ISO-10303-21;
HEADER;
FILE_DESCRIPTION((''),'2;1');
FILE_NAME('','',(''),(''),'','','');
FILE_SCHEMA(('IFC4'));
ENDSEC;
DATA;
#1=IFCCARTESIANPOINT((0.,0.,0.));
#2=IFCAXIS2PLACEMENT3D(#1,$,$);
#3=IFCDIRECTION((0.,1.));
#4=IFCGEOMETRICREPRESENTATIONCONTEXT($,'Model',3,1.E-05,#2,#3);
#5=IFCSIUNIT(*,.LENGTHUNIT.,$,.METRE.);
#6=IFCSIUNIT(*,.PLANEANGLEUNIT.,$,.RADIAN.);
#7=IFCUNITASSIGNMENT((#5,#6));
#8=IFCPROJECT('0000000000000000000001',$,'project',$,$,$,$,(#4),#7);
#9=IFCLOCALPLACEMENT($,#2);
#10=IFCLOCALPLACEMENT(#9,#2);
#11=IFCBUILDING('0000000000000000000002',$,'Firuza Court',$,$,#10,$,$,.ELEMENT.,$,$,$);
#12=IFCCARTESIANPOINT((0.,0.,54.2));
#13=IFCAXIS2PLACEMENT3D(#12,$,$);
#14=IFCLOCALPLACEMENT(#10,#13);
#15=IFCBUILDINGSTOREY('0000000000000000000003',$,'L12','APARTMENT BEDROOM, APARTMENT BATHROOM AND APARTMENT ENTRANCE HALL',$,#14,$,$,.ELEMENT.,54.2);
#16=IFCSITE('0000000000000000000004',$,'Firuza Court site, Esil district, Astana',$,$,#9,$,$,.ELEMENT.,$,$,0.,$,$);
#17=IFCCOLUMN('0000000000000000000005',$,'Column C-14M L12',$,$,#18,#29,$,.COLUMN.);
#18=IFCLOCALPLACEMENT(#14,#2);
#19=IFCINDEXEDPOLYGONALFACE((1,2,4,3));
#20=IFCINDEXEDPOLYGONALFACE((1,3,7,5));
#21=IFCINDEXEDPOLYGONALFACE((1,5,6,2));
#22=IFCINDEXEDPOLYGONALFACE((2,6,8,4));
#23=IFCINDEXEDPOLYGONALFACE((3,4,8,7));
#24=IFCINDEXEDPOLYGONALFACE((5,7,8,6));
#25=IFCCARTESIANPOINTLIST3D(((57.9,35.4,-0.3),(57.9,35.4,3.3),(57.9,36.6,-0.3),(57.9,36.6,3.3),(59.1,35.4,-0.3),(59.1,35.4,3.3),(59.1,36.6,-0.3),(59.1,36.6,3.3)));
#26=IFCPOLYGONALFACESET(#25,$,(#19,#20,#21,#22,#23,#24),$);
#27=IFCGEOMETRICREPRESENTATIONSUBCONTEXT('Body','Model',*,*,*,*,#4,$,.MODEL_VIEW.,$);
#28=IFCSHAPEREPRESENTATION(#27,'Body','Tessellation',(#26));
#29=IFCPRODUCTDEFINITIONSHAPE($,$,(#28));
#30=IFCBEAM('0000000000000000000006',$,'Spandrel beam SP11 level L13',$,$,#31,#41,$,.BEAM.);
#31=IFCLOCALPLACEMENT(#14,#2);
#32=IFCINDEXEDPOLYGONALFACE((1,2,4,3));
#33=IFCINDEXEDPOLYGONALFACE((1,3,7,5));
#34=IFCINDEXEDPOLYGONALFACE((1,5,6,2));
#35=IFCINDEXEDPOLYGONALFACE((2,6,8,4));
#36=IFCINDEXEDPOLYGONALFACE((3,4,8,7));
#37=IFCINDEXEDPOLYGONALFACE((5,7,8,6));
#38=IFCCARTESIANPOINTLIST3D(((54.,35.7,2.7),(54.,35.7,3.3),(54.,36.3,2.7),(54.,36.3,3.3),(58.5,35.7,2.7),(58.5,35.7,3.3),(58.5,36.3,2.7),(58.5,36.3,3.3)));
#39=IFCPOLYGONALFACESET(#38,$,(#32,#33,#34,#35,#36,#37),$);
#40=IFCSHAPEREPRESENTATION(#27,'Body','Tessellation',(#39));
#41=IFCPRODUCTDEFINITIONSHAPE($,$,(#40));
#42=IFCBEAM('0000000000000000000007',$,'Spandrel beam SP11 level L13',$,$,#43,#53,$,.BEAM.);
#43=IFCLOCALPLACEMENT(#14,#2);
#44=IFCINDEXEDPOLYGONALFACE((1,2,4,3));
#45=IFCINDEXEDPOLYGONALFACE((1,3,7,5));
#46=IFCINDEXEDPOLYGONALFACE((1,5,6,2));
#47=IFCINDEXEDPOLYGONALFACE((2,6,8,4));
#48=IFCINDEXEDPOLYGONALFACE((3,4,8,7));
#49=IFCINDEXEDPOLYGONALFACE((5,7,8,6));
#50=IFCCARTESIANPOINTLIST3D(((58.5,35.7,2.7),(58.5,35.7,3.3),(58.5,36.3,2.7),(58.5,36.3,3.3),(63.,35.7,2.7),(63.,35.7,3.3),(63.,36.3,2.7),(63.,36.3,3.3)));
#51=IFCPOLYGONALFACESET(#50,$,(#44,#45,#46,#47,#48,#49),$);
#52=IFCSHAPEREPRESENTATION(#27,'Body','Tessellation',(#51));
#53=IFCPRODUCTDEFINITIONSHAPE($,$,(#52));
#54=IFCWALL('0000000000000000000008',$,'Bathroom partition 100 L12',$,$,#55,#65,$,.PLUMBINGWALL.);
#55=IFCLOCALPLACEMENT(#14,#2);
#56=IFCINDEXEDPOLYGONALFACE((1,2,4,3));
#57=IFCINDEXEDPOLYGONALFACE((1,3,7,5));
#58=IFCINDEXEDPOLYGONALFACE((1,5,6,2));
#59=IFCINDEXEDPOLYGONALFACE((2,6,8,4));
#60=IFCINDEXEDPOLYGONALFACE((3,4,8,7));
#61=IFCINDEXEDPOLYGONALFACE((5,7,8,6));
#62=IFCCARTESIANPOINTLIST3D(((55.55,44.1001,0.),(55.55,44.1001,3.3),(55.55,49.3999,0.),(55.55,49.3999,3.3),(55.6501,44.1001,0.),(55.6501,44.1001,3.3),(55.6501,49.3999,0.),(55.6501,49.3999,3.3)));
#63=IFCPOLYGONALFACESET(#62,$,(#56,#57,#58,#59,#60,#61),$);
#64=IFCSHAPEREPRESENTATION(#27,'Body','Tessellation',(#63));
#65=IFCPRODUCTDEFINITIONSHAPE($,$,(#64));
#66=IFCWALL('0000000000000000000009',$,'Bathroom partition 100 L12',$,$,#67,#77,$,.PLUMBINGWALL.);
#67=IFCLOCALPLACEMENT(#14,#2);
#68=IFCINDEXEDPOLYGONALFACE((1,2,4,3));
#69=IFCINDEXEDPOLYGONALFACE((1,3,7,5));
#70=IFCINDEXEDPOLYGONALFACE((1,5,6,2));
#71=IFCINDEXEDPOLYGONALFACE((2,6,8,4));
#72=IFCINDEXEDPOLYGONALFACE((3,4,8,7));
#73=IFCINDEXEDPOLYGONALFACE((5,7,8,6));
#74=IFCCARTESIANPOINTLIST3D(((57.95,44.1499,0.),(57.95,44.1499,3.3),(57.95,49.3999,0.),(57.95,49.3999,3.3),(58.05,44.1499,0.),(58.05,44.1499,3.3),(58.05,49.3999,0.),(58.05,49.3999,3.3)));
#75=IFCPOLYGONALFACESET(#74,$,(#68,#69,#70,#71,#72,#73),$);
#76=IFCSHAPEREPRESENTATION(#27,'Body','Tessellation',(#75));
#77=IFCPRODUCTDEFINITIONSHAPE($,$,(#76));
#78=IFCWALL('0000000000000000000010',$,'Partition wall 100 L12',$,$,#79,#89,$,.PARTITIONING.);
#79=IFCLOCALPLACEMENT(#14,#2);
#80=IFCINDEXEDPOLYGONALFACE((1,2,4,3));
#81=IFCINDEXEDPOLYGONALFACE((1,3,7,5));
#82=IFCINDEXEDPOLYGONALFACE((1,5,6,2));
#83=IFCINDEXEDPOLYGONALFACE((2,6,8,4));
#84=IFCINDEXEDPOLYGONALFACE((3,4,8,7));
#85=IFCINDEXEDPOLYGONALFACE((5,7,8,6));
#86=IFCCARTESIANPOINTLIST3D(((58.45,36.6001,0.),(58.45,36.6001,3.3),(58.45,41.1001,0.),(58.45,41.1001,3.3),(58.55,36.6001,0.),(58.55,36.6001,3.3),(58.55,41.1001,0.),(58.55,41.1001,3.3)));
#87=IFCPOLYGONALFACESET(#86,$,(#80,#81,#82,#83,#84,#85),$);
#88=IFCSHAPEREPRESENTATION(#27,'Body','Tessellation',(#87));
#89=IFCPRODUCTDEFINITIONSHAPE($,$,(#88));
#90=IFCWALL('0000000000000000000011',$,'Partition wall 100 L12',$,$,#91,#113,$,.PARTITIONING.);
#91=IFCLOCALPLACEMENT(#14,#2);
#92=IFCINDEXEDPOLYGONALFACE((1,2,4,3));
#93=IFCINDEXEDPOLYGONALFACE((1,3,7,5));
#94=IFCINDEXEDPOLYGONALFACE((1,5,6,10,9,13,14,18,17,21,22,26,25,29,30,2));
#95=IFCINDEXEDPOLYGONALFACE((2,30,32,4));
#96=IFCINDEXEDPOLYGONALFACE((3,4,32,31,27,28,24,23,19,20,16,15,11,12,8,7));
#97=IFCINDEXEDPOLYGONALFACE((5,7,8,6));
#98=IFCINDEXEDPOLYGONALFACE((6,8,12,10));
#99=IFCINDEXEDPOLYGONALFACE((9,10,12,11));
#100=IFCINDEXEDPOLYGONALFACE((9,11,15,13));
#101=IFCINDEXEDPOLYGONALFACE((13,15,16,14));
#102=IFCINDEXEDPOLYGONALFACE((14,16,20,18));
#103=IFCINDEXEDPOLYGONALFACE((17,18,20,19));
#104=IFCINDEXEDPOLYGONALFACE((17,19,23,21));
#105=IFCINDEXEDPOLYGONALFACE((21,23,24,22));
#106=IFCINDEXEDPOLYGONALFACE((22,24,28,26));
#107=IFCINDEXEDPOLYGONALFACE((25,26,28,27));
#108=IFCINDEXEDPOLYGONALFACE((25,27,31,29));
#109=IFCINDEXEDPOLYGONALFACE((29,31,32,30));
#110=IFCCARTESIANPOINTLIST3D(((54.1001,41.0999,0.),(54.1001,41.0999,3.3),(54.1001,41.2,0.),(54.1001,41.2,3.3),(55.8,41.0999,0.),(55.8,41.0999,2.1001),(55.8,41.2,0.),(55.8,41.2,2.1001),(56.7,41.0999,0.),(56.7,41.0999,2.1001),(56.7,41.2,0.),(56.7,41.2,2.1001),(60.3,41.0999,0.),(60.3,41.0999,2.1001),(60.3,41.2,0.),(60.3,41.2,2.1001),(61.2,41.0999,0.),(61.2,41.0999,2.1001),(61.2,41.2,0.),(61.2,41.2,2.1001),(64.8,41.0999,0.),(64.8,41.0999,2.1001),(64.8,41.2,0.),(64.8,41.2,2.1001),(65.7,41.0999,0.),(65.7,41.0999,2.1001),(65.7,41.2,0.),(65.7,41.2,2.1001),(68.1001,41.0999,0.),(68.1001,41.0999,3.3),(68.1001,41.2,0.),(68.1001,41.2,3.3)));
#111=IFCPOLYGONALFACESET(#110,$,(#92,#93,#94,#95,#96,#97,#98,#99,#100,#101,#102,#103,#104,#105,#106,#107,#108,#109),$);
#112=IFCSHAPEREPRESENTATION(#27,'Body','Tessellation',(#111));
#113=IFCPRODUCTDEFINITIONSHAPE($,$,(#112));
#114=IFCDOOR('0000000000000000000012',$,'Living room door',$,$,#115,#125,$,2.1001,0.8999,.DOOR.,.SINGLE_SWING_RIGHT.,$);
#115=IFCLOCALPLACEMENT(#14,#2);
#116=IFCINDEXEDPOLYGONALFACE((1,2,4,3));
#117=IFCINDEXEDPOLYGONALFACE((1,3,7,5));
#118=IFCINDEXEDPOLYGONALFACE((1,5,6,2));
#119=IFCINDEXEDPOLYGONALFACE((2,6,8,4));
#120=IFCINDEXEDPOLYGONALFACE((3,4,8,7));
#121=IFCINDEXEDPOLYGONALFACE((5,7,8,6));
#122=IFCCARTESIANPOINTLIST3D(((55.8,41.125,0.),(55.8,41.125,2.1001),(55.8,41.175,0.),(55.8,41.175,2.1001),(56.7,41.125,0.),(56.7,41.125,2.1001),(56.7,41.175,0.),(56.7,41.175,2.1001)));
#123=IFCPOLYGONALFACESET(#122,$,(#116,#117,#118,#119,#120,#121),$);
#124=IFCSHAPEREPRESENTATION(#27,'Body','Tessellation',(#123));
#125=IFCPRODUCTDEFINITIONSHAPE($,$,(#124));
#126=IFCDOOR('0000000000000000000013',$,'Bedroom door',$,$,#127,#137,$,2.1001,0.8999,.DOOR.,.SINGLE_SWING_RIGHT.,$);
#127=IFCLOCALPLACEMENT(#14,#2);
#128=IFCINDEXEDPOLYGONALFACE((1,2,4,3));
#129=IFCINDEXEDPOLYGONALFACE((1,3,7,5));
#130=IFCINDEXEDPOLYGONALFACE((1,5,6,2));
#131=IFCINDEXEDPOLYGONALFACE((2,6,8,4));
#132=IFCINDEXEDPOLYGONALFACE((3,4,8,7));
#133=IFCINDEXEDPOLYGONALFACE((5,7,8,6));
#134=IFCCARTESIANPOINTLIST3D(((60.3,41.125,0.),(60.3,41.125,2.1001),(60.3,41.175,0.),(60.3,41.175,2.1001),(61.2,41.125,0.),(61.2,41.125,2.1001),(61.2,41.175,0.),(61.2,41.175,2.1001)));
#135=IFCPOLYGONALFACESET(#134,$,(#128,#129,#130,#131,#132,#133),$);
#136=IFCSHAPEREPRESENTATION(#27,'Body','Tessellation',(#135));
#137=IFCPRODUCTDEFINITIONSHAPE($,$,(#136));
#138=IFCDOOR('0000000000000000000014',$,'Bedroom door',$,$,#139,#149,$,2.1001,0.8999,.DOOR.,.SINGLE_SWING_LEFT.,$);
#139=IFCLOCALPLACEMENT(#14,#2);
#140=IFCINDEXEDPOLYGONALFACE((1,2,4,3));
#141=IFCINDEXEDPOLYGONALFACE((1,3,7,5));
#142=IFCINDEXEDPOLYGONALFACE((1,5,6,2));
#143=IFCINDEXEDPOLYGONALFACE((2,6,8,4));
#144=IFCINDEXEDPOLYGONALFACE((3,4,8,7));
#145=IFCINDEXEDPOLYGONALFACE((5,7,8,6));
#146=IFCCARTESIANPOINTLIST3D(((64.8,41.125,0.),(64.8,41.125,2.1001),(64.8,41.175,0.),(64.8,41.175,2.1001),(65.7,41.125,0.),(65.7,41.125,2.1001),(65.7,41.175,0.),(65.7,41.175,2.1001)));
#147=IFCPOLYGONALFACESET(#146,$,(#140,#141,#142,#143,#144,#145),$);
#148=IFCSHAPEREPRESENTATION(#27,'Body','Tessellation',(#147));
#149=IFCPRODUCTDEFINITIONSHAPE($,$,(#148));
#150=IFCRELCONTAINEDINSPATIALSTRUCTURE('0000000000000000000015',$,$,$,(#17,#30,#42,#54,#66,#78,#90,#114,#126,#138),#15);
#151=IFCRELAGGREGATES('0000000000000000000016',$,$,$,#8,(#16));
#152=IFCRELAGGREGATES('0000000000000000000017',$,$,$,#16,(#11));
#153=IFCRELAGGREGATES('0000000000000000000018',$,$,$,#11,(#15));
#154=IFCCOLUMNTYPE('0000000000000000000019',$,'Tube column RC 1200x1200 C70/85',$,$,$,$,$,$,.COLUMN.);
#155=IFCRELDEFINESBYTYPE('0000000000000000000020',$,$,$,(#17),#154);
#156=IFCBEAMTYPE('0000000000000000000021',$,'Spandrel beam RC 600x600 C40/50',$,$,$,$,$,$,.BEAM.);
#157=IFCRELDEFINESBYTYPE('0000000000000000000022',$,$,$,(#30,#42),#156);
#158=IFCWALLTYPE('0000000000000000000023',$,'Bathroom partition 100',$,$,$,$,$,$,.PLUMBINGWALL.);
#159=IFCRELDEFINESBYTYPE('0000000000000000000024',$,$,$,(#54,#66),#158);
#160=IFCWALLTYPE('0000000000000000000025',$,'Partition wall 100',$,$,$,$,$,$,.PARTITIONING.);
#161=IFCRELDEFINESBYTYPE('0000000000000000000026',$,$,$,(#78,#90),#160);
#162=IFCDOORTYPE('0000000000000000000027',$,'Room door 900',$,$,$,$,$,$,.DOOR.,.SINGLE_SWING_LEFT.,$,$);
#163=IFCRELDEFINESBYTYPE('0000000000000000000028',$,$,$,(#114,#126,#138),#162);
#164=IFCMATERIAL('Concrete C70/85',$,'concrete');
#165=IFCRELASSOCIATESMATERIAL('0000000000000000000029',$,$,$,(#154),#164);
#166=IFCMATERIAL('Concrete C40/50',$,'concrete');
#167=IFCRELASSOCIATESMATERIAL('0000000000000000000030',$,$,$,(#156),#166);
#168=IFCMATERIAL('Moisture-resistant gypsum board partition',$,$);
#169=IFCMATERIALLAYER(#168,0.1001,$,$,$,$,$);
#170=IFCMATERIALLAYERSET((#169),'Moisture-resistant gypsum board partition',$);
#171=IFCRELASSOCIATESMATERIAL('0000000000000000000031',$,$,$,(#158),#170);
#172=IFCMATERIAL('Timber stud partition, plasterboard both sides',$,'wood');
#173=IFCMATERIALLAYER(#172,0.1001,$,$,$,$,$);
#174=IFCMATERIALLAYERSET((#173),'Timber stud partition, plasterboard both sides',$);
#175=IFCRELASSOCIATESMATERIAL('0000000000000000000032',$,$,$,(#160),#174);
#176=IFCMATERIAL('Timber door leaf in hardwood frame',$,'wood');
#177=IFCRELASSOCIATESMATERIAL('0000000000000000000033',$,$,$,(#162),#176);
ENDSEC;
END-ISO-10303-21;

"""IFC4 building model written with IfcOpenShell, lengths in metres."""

from ifc_helpers import new_model, si_unit, direction, frame, frame_2d, origin, origin_2d, place, context, subcontext, project, spatial, rectangle, extrude, material, layer, layer_set, material_profile, profile_set, type_object, element, fill, save


model = new_model("IFC4")

# Units and contexts
model_context = context("Model", 3, precision=1e-05, world=origin(), true_north=direction((0.0, 1.0)))
body_context = subcontext(model_context, "Body", "Model", "MODEL_VIEW")
ifc_project = project(units=[si_unit("LENGTHUNIT", "METRE"), si_unit("PLANEANGLEUNIT", "RADIAN")], contexts=[model_context])

# Site, building, storey
site_placement = place(None, origin())
site = spatial("IfcSite", under=ifc_project, at=site_placement, Name="Firuza Court site, Esil district, Astana", CompositionType="ELEMENT", RefElevation=0.0)
building_placement = place(site_placement, origin())
building = spatial("IfcBuilding", under=site, at=building_placement, Name="Firuza Court", CompositionType="ELEMENT")
storey_placement = place(building_placement, frame((0.0, 0.0, 54.2)))
storey = spatial("IfcBuildingStorey", under=building, at=storey_placement, Name="L12", Description="APARTMENT BEDROOM, APARTMENT BATHROOM AND APARTMENT ENTRANCE HALL", CompositionType="ELEMENT", Elevation=54.2)

# Column
ifc_material_1 = material(Name="Concrete C70/85", Category="concrete")
ifc_material_profile_1 = material_profile(ifc_material_1, rectangle(XDim=1.2, YDim=1.2, at=origin_2d()), Name="RC 1200x1200")
ifc_profile_set_1 = profile_set([ifc_material_profile_1], Name="Concrete C70/85")
column_type = type_object("IfcColumnType", Name="Tube column RC 1200x1200 C70/85", PredefinedType="COLUMN", material=ifc_profile_set_1)
column_placement = place(storey_placement, frame((58.5, 36.0, -0.3), z_axis=(0.0, 0.0, 1.0), x_axis=(1.0, 0.0, 0.0)))
element("IfcColumn", 1, at=column_placement, inside=storey, type_object=column_type, Name="Column C-14M L12", PredefinedType="COLUMN", context=body_context, shape_type="SweptSolid", body=[
    extrude(rectangle(XDim=1.2, YDim=1.2, at=origin_2d()), origin(), (0.0, 0.0, 1.0), 3.6001),
])

# Beams
ifc_material_2 = material(Name="Concrete C40/50", Category="concrete")
ifc_material_profile_2 = material_profile(ifc_material_2, rectangle(XDim=0.6001, YDim=0.6001, at=origin_2d()), Name="RC 600x600")
ifc_profile_set_2 = profile_set([ifc_material_profile_2], Name="Concrete C40/50")
beam_type = type_object("IfcBeamType", Name="Spandrel beam RC 600x600 C40/50", PredefinedType="BEAM", material=ifc_profile_set_2)
for number, where, z_axis, x_axis, name in (
    (2, (54.0, 36.0, 3.0), (1.0, 0.0, 0.0), (0.0, 1.0, 0.0), "Spandrel beam SP11 level L13"),
    (3, (58.5, 36.0, 3.0), (1.0, 0.0, 0.0), (0.0, 1.0, 0.0), "Spandrel beam SP11 level L13"),
):
    element("IfcBeam", number, at=place(storey_placement, frame(where, z_axis=z_axis, x_axis=x_axis)), inside=storey, type_object=beam_type, Name=name, PredefinedType="BEAM", context=body_context, shape_type="SweptSolid", body=[
        extrude(rectangle(XDim=0.6001, YDim=0.6001, at=origin_2d()), origin(), (0.0, 0.0, 1.0), 4.5),
    ])

# Walls
ifc_material_3 = material(Name="Moisture-resistant gypsum board partition")
ifc_layer_1 = layer(ifc_material_3, 0.1001)
ifc_layer_set_1 = layer_set([ifc_layer_1], Name="Moisture-resistant gypsum board partition")
wall_type_1 = type_object("IfcWallType", Name="Bathroom partition 100", PredefinedType="PLUMBINGWALL", material=ifc_layer_set_1)
wall_1_placement = place(storey_placement, frame((55.6001, 44.1001, 0.0), z_axis=(0.0, 0.0, 1.0), x_axis=(0.0, 1.0, 0.0)))
element("IfcWall", 4, at=wall_1_placement, inside=storey, type_object=wall_type_1, Name="Bathroom partition 100 L12", PredefinedType="PLUMBINGWALL", context=body_context, shape_type="SweptSolid", body=[
    extrude(rectangle(XDim=5.2998, YDim=0.1001, at=frame_2d((2.6499, 0.0))), origin(), (0.0, 0.0, 1.0), 3.3),
])
wall_2_placement = place(storey_placement, frame((58.0, 44.1499, 0.0), z_axis=(0.0, 0.0, 1.0), x_axis=(0.0, 1.0, 0.0)))
element("IfcWall", 5, at=wall_2_placement, inside=storey, type_object=wall_type_1, Name="Bathroom partition 100 L12", PredefinedType="PLUMBINGWALL", context=body_context, shape_type="SweptSolid", body=[
    extrude(rectangle(XDim=5.25, YDim=0.1001, at=frame_2d((2.625, 0.0))), origin(), (0.0, 0.0, 1.0), 3.3),
])
ifc_material_4 = material(Name="Timber stud partition, plasterboard both sides", Category="wood")
ifc_layer_2 = layer(ifc_material_4, 0.1001)
ifc_layer_set_2 = layer_set([ifc_layer_2], Name="Timber stud partition, plasterboard both sides")
wall_type_2 = type_object("IfcWallType", Name="Partition wall 100", PredefinedType="PARTITIONING", material=ifc_layer_set_2)
wall_3_placement = place(storey_placement, frame((58.5, 36.6001, 0.0), z_axis=(0.0, 0.0, 1.0), x_axis=(0.0, 1.0, 0.0)))
element("IfcWall", 6, at=wall_3_placement, inside=storey, type_object=wall_type_2, Name="Partition wall 100 L12", PredefinedType="PARTITIONING", context=body_context, shape_type="SweptSolid", body=[
    extrude(rectangle(XDim=4.5, YDim=0.1001, at=frame_2d((2.25, 0.0))), origin(), (0.0, 0.0, 1.0), 3.3),
])

# Wall, openings, doors
wall_4_placement = place(storey_placement, frame((54.1001, 41.1499, 0.0), z_axis=(0.0, 0.0, 1.0), x_axis=(1.0, 0.0, 0.0)))
wall_4 = element("IfcWall", 7, at=wall_4_placement, inside=storey, type_object=wall_type_2, Name="Partition wall 100 L12", PredefinedType="PARTITIONING", context=body_context, shape_type="SweptSolid", body=[
    extrude(rectangle(XDim=14.0, YDim=0.1001, at=frame_2d((7.0, 0.0))), origin(), (0.0, 0.0, 1.0), 3.3),
])
opening_1_placement = place(wall_4_placement, frame((1.7, 0.0, 0.0)))
opening_1 = element("IfcOpeningElement", 8, at=opening_1_placement, cuts=wall_4, PredefinedType="OPENING", context=body_context, shape_type="SweptSolid", body=[
    extrude(rectangle(XDim=0.8999, YDim=2.1001, at=frame_2d((0.45, 1.05))), frame((0.0, 0.062, 0.0), z_axis=(0.0, -1.0, 0.0), x_axis=(1.0, 0.0, 0.0)), (0.0, 0.0, 1.0), 0.124),
])
opening_2_placement = place(wall_4_placement, frame((6.2, 0.0, 0.0)))
opening_2 = element("IfcOpeningElement", 9, at=opening_2_placement, cuts=wall_4, PredefinedType="OPENING", context=body_context, shape_type="SweptSolid", body=[
    extrude(rectangle(XDim=0.8999, YDim=2.1001, at=frame_2d((0.45, 1.05))), frame((0.0, 0.062, 0.0), z_axis=(0.0, -1.0, 0.0), x_axis=(1.0, 0.0, 0.0)), (0.0, 0.0, 1.0), 0.124),
])
opening_3_placement = place(wall_4_placement, frame((10.7, 0.0, 0.0)))
opening_3 = element("IfcOpeningElement", 10, at=opening_3_placement, cuts=wall_4, PredefinedType="OPENING", context=body_context, shape_type="SweptSolid", body=[
    extrude(rectangle(XDim=0.8999, YDim=2.1001, at=frame_2d((0.45, 1.05))), frame((0.0, 0.062, 0.0), z_axis=(0.0, -1.0, 0.0), x_axis=(1.0, 0.0, 0.0)), (0.0, 0.0, 1.0), 0.124),
])
ifc_material_5 = material(Name="Timber door leaf in hardwood frame", Category="wood")
door_type_1 = type_object("IfcDoorType", Name="Room door 900", OperationType="SINGLE_SWING_LEFT", PredefinedType="DOOR", material=ifc_material_5)
door_1_placement = place(opening_1_placement, frame((0.8999, 0.0, 0.0), z_axis=(0.0, 0.0, 1.0), x_axis=(-1.0, 0.0, 0.0)))
door_1 = element("IfcDoor", 11, at=door_1_placement, inside=storey, type_object=door_type_1, Name="Living room door", OperationType="SINGLE_SWING_RIGHT", OverallHeight=2.1001, OverallWidth=0.8999, PredefinedType="DOOR", context=body_context, shape_type="SweptSolid", body=[
    extrude(rectangle(XDim=0.8999, YDim=2.1001, at=frame_2d((0.45, 1.05))), frame((0.0, 0.0249, 0.0), z_axis=(0.0, -1.0, 0.0), x_axis=(1.0, 0.0, 0.0)), (0.0, 0.0, 1.0), 0.05),
])
fill(opening_1, door_1)
door_2_placement = place(opening_2_placement, frame((0.8999, 0.0, 0.0), z_axis=(0.0, 0.0, 1.0), x_axis=(-1.0, 0.0, 0.0)))
door_2 = element("IfcDoor", 12, at=door_2_placement, inside=storey, type_object=door_type_1, Name="Bedroom door", OperationType="SINGLE_SWING_RIGHT", OverallHeight=2.1001, OverallWidth=0.8999, PredefinedType="DOOR", context=body_context, shape_type="SweptSolid", body=[
    extrude(rectangle(XDim=0.8999, YDim=2.1001, at=frame_2d((0.45, 1.05))), frame((0.0, 0.0249, 0.0), z_axis=(0.0, -1.0, 0.0), x_axis=(1.0, 0.0, 0.0)), (0.0, 0.0, 1.0), 0.05),
])
fill(opening_2, door_2)
door_3_placement = place(opening_3_placement, frame((0.8999, 0.0, 0.0), z_axis=(0.0, 0.0, 1.0), x_axis=(-1.0, 0.0, 0.0)))
door_3 = element("IfcDoor", 13, at=door_3_placement, inside=storey, type_object=door_type_1, Name="Bedroom door", OperationType="SINGLE_SWING_LEFT", OverallHeight=2.1001, OverallWidth=0.8999, PredefinedType="DOOR", context=body_context, shape_type="SweptSolid", body=[
    extrude(rectangle(XDim=0.8999, YDim=2.1001, at=frame_2d((0.45, 1.05))), frame((0.0, 0.0249, 0.0), z_axis=(0.0, -1.0, 0.0), x_axis=(1.0, 0.0, 0.0)), (0.0, 0.0, 1.0), 0.05),
])
fill(opening_3, door_3)

save(model, "model.ifc")
